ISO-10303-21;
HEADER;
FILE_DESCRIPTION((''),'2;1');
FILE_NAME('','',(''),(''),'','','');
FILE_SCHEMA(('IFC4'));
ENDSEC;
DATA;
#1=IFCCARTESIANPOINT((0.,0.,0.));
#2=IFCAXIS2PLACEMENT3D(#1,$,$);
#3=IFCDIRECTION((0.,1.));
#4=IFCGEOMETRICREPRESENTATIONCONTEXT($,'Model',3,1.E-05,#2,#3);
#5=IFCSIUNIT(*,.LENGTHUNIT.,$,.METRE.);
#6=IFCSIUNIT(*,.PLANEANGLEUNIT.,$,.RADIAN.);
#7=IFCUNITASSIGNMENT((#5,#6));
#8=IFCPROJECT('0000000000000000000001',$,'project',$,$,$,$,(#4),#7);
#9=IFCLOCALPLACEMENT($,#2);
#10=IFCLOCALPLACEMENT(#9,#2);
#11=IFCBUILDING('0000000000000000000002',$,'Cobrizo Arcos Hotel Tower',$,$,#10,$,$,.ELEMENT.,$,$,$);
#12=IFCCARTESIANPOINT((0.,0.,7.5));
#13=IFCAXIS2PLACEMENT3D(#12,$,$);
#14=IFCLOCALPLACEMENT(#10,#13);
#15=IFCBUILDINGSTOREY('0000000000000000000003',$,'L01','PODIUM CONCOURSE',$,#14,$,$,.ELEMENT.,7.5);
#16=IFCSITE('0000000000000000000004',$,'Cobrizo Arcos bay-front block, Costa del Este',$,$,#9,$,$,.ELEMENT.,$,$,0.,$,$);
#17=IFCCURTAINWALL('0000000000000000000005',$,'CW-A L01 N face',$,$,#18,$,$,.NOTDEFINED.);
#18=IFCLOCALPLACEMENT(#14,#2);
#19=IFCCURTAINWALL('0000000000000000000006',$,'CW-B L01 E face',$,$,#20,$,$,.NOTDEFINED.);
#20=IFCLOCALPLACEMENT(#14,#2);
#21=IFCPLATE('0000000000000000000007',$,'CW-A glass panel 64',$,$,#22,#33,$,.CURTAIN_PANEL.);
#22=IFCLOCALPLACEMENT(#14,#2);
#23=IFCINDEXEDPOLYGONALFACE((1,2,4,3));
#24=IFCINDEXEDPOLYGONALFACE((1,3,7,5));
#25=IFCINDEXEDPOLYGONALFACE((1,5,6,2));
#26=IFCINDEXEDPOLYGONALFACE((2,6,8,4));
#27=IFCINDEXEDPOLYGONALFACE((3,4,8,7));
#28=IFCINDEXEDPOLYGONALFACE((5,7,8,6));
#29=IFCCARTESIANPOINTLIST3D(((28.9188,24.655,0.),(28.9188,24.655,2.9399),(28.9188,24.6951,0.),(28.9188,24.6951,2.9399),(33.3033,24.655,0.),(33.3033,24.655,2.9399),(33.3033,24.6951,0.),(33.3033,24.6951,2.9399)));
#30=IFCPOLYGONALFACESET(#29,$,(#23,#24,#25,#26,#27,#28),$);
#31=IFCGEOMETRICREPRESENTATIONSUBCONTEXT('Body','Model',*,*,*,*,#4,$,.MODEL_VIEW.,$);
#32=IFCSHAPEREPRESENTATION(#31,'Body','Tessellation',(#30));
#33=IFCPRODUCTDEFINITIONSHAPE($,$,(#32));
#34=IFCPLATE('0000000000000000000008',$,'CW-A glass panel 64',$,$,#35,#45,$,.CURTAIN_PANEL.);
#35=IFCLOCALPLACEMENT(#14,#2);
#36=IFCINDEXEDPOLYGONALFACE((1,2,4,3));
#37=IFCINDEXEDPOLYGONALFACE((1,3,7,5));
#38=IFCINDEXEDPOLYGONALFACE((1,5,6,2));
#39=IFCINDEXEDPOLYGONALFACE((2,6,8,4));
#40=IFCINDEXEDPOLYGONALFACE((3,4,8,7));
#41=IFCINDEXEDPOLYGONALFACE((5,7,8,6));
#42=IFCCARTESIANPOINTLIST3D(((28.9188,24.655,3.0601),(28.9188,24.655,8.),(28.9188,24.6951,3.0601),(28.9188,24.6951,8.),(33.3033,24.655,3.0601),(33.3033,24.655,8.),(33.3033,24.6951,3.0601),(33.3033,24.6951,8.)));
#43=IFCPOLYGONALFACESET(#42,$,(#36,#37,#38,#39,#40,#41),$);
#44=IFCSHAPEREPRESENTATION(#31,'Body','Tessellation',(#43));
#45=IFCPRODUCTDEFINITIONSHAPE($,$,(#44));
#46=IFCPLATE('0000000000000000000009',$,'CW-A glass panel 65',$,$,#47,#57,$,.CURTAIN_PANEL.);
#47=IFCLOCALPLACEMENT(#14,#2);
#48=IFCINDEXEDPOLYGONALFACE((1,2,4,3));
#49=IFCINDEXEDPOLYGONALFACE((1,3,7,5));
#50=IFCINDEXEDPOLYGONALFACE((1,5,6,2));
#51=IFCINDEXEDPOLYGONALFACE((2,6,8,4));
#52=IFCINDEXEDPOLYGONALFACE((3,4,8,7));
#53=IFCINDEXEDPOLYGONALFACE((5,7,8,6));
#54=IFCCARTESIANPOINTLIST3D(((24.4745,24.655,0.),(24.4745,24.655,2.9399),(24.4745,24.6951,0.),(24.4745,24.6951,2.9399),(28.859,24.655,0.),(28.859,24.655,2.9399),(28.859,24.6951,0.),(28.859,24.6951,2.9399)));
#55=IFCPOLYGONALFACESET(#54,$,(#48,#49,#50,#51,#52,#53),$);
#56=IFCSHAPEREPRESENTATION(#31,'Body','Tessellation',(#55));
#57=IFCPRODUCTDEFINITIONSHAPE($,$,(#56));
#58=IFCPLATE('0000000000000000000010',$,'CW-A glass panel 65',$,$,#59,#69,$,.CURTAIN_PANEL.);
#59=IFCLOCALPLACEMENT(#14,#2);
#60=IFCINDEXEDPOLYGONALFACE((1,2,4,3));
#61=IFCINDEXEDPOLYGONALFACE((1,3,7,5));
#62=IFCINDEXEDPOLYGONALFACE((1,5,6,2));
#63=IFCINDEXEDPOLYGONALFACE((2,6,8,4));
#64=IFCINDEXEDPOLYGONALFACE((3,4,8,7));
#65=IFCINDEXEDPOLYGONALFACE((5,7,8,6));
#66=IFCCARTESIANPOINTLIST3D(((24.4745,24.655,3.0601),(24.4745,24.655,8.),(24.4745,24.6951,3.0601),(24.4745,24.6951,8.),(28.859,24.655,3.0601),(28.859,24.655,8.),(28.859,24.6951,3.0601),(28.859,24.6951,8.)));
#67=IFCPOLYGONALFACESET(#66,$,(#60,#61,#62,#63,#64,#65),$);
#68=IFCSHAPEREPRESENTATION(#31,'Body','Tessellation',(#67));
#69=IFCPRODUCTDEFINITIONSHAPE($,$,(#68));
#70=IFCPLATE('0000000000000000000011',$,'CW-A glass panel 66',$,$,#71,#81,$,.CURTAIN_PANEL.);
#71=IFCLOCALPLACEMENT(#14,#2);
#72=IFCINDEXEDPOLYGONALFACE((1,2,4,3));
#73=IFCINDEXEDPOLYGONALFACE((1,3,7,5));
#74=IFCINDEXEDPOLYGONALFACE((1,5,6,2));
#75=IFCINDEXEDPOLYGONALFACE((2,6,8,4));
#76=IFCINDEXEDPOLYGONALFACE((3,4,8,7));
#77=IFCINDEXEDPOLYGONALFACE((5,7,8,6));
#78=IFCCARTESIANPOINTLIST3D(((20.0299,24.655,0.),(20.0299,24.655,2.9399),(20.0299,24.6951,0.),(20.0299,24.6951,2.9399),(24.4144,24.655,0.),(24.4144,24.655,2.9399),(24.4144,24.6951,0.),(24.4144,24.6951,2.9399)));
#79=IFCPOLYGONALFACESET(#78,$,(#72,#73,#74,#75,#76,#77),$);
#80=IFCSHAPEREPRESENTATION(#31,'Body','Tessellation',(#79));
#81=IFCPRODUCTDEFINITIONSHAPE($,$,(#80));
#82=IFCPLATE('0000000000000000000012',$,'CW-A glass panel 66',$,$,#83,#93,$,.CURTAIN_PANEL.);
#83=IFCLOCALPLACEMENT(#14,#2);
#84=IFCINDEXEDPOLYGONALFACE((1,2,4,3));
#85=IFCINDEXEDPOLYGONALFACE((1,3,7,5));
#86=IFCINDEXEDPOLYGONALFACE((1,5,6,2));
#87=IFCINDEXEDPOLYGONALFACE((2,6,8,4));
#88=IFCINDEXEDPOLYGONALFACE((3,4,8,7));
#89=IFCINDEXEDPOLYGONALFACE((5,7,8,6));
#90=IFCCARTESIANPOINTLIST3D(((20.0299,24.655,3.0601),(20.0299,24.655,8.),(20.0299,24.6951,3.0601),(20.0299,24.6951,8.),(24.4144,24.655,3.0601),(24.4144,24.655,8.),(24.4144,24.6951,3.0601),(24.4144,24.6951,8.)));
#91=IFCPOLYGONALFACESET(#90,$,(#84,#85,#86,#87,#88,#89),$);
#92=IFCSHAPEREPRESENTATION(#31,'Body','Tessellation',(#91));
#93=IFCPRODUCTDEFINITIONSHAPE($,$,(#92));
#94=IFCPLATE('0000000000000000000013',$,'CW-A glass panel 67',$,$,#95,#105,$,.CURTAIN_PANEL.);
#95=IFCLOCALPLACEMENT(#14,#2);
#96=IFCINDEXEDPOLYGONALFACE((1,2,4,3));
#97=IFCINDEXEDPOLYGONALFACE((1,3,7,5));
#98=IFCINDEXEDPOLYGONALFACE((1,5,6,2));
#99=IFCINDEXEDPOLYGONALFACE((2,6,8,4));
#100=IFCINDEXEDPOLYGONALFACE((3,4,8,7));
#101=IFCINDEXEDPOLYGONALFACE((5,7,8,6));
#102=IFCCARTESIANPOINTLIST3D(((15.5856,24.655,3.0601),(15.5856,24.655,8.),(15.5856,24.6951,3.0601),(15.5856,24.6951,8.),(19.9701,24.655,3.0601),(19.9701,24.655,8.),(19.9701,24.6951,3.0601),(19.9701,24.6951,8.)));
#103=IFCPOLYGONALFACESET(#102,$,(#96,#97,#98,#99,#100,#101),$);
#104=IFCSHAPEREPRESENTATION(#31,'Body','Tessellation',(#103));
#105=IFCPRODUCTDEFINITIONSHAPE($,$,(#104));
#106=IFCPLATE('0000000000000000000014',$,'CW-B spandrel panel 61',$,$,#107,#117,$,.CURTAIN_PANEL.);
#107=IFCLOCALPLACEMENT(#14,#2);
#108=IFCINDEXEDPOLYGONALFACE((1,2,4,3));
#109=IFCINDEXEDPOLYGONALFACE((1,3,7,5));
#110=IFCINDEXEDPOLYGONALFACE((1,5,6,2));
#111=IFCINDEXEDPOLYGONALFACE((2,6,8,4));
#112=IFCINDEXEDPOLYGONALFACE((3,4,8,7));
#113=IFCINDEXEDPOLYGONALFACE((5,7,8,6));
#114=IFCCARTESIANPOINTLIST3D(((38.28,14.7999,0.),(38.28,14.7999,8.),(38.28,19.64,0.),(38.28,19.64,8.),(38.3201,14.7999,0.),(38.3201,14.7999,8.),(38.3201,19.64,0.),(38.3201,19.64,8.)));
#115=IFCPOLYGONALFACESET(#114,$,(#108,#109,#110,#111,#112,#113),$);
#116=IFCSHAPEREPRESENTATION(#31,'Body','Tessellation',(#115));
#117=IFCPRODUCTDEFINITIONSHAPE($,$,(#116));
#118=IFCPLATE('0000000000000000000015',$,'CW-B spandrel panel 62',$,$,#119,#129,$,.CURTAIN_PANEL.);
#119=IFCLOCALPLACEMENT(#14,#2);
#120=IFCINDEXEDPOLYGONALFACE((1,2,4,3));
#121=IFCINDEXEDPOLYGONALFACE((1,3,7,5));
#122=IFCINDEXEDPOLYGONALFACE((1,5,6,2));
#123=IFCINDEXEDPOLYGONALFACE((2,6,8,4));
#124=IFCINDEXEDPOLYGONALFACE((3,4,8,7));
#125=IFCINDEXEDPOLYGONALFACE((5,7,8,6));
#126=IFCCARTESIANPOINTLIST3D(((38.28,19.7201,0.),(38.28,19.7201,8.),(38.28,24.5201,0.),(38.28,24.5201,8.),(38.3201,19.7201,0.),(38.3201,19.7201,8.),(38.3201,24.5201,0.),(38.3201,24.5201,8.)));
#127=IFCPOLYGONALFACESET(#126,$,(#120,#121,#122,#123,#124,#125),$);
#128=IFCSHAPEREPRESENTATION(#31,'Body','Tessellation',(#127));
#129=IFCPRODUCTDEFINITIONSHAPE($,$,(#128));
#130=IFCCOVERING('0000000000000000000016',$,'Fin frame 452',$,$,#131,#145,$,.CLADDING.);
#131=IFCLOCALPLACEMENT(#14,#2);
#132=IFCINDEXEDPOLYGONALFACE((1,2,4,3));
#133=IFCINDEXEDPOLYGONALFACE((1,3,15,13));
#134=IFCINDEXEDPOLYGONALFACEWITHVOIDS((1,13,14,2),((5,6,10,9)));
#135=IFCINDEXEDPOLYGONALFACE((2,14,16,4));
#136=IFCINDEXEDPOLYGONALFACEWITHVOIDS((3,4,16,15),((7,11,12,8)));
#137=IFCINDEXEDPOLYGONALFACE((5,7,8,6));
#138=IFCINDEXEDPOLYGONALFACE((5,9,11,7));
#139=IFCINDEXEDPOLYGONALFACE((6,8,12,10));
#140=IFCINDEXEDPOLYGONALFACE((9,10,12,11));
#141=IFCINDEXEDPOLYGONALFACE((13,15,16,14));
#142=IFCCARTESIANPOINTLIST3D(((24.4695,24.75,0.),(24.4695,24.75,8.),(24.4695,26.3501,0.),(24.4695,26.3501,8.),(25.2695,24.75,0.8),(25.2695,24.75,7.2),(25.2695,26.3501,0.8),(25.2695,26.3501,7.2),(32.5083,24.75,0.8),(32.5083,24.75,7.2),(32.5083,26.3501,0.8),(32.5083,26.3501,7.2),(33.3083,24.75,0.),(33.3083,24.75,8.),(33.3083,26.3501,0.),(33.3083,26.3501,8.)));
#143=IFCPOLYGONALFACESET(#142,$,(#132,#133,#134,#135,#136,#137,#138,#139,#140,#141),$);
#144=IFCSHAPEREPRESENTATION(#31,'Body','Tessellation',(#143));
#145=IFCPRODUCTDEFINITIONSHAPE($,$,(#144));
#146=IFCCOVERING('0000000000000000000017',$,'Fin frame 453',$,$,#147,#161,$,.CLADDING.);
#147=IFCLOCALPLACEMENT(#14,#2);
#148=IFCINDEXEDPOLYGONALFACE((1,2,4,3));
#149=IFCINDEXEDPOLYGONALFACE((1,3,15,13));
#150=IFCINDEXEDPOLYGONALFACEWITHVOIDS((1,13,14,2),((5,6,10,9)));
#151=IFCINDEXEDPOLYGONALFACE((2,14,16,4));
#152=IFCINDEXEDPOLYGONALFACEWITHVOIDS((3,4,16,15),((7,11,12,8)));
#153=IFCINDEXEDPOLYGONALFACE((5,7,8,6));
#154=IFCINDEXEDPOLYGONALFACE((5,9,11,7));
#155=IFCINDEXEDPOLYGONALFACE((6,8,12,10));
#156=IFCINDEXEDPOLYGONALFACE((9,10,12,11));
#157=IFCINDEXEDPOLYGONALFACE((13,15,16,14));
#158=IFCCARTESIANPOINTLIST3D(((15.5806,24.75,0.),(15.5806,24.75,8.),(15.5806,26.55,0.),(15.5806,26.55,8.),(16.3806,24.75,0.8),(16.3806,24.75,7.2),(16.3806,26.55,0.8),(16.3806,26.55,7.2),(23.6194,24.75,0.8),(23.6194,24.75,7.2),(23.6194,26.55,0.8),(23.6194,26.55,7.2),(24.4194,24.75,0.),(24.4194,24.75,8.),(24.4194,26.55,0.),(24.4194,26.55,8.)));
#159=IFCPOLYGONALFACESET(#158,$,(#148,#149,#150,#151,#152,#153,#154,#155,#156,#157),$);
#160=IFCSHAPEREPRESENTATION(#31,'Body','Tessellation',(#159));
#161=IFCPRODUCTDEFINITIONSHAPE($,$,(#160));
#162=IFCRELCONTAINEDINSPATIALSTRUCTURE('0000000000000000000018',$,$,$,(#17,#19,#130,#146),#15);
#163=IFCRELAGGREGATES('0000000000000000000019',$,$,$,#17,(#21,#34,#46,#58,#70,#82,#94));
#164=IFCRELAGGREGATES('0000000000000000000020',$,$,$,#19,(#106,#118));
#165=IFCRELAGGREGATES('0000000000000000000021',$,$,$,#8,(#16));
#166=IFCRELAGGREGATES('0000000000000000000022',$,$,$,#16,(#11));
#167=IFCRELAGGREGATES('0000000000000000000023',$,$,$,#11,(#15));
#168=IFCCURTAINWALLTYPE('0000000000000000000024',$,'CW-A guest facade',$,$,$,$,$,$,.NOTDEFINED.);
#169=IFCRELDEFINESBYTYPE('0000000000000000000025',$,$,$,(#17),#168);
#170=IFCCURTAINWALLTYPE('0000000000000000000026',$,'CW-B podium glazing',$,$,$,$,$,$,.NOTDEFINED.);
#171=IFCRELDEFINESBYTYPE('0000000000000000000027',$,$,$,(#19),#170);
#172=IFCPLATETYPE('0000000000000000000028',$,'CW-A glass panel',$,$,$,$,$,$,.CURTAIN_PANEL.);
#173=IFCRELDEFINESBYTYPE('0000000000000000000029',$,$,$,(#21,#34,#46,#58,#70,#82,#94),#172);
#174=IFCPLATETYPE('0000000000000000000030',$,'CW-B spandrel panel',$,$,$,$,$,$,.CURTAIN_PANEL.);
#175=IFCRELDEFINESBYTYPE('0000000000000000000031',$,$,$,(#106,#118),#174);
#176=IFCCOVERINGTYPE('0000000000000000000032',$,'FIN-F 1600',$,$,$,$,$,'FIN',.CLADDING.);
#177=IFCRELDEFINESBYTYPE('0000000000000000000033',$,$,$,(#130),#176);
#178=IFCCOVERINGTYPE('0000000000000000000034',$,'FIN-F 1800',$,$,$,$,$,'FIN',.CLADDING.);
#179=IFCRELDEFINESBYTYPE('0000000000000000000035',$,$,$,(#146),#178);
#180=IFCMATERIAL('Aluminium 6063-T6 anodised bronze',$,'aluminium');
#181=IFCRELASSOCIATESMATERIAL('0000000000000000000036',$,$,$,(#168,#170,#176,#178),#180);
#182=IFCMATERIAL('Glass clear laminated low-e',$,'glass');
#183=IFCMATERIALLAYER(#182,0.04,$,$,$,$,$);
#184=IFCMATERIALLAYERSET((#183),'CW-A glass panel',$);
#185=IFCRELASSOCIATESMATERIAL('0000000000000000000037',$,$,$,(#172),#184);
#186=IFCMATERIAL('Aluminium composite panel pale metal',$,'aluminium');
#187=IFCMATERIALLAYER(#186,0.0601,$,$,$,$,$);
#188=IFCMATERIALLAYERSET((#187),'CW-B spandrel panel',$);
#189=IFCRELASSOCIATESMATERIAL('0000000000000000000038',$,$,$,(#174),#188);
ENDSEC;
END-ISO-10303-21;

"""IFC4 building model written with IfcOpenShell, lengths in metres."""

from ifc_helpers import new_model, si_unit, direction, frame, origin, origin_2d, place, context, subcontext, project, spatial, polyline, rectangle, outline, extrude, material, layer, layer_set, type_object, element, aggregate, save


model = new_model("IFC4")

# Units and contexts
model_context = context("Model", 3, precision=1e-05, world=origin(), true_north=direction((0.0, 1.0)))
body_context = subcontext(model_context, "Body", "Model", "MODEL_VIEW")
ifc_project = project(units=[si_unit("LENGTHUNIT", "METRE"), si_unit("PLANEANGLEUNIT", "RADIAN")], contexts=[model_context])

# Site, building, storey
site_placement = place(None, origin())
site = spatial("IfcSite", under=ifc_project, at=site_placement, Name="Cobrizo Arcos bay-front block, Costa del Este", CompositionType="ELEMENT", RefElevation=0.0)
building_placement = place(site_placement, origin())
building = spatial("IfcBuilding", under=site, at=building_placement, Name="Cobrizo Arcos Hotel Tower", CompositionType="ELEMENT")
storey_placement = place(building_placement, frame((0.0, 0.0, 7.5)))
storey = spatial("IfcBuildingStorey", under=building, at=storey_placement, Name="L01", Description="PODIUM CONCOURSE", CompositionType="ELEMENT", Elevation=7.5)

# Curtain walls
ifc_material_1 = material(Name="Aluminium 6063-T6 anodised bronze", Category="aluminium")
curtain_wall_type_1 = type_object("IfcCurtainWallType", Name="CW-A guest facade", PredefinedType="NOTDEFINED", material=ifc_material_1)
curtain_wall_1_placement = place(storey_placement, origin())
curtain_wall_1 = element("IfcCurtainWall", 1, at=curtain_wall_1_placement, inside=storey, type_object=curtain_wall_type_1, Name="CW-A L01 N face", PredefinedType="NOTDEFINED")
curtain_wall_type_2 = type_object("IfcCurtainWallType", Name="CW-B podium glazing", PredefinedType="NOTDEFINED", material=ifc_material_1)
curtain_wall_2_placement = place(storey_placement, origin())
curtain_wall_2 = element("IfcCurtainWall", 2, at=curtain_wall_2_placement, inside=storey, type_object=curtain_wall_type_2, Name="CW-B L01 E face", PredefinedType="NOTDEFINED")

# Plates
ifc_material_2 = material(Name="Glass clear laminated low-e", Category="glass")
ifc_layer_1 = layer(ifc_material_2, 0.04)
ifc_layer_set_1 = layer_set([ifc_layer_1], Name="CW-A glass panel")
plate_type_1 = type_object("IfcPlateType", Name="CW-A glass panel", PredefinedType="CURTAIN_PANEL", material=ifc_layer_set_1)
plate_1_placement = place(storey_placement, frame((31.1111, 24.675, 0.0), z_axis=(0.0, 0.0, 1.0), x_axis=(-1.0, 0.0, 0.0)))
plate_1 = element("IfcPlate", 3, at=plate_1_placement, type_object=plate_type_1, Name="CW-A glass panel 64", PredefinedType="CURTAIN_PANEL", context=body_context, shape_type="SweptSolid", body=[
    extrude(rectangle(XDim=4.3845, YDim=0.04, at=origin_2d()), origin(), (0.0, 0.0, 1.0), 2.9399),
])
plate_2_placement = place(storey_placement, frame((31.1111, 24.675, 3.0601), z_axis=(0.0, 0.0, 1.0), x_axis=(-1.0, 0.0, 0.0)))
plate_2 = element("IfcPlate", 4, at=plate_2_placement, type_object=plate_type_1, Name="CW-A glass panel 64", PredefinedType="CURTAIN_PANEL", context=body_context, shape_type="SweptSolid", body=[
    extrude(rectangle(XDim=4.3845, YDim=0.04, at=origin_2d()), origin(), (0.0, 0.0, 1.0), 4.9399),
])
plate_3_placement = place(storey_placement, frame((26.6667, 24.675, 0.0), z_axis=(0.0, 0.0, 1.0), x_axis=(-1.0, 0.0, 0.0)))
plate_3 = element("IfcPlate", 5, at=plate_3_placement, type_object=plate_type_1, Name="CW-A glass panel 65", PredefinedType="CURTAIN_PANEL", context=body_context, shape_type="SweptSolid", body=[
    extrude(rectangle(XDim=4.3845, YDim=0.04, at=origin_2d()), origin(), (0.0, 0.0, 1.0), 2.9399),
])
plate_4_placement = place(storey_placement, frame((26.6667, 24.675, 3.0601), z_axis=(0.0, 0.0, 1.0), x_axis=(-1.0, 0.0, 0.0)))
plate_4 = element("IfcPlate", 6, at=plate_4_placement, type_object=plate_type_1, Name="CW-A glass panel 65", PredefinedType="CURTAIN_PANEL", context=body_context, shape_type="SweptSolid", body=[
    extrude(rectangle(XDim=4.3845, YDim=0.04, at=origin_2d()), origin(), (0.0, 0.0, 1.0), 4.9399),
])
plate_5_placement = place(storey_placement, frame((22.2222, 24.675, 0.0), z_axis=(0.0, 0.0, 1.0), x_axis=(-1.0, 0.0, 0.0)))
plate_5 = element("IfcPlate", 7, at=plate_5_placement, type_object=plate_type_1, Name="CW-A glass panel 66", PredefinedType="CURTAIN_PANEL", context=body_context, shape_type="SweptSolid", body=[
    extrude(rectangle(XDim=4.3845, YDim=0.04, at=origin_2d()), origin(), (0.0, 0.0, 1.0), 2.9399),
])
plate_6_placement = place(storey_placement, frame((22.2222, 24.675, 3.0601), z_axis=(0.0, 0.0, 1.0), x_axis=(-1.0, 0.0, 0.0)))
plate_6 = element("IfcPlate", 8, at=plate_6_placement, type_object=plate_type_1, Name="CW-A glass panel 66", PredefinedType="CURTAIN_PANEL", context=body_context, shape_type="SweptSolid", body=[
    extrude(rectangle(XDim=4.3845, YDim=0.04, at=origin_2d()), origin(), (0.0, 0.0, 1.0), 4.9399),
])
plate_7_placement = place(storey_placement, frame((17.7778, 24.675, 3.0601), z_axis=(0.0, 0.0, 1.0), x_axis=(-1.0, 0.0, 0.0)))
plate_7 = element("IfcPlate", 9, at=plate_7_placement, type_object=plate_type_1, Name="CW-A glass panel 67", PredefinedType="CURTAIN_PANEL", context=body_context, shape_type="SweptSolid", body=[
    extrude(rectangle(XDim=4.3845, YDim=0.04, at=origin_2d()), origin(), (0.0, 0.0, 1.0), 4.9399),
])
aggregate(curtain_wall_1, [plate_1, plate_2, plate_3, plate_4, plate_5, plate_6, plate_7])
ifc_material_3 = material(Name="Aluminium composite panel pale metal", Category="aluminium")
ifc_layer_2 = layer(ifc_material_3, 0.0601)
ifc_layer_set_2 = layer_set([ifc_layer_2], Name="CW-B spandrel panel")
plate_type_2 = type_object("IfcPlateType", Name="CW-B spandrel panel", PredefinedType="CURTAIN_PANEL", material=ifc_layer_set_2)
plate_8_placement = place(storey_placement, frame((38.3, 17.22, 0.0), z_axis=(0.0, 0.0, 1.0), x_axis=(0.0, 1.0, 0.0)))
plate_8 = element("IfcPlate", 10, at=plate_8_placement, type_object=plate_type_2, Name="CW-B spandrel panel 61", PredefinedType="CURTAIN_PANEL", context=body_context, shape_type="SweptSolid", body=[
    extrude(rectangle(XDim=4.8401, YDim=0.04, at=origin_2d()), origin(), (0.0, 0.0, 1.0), 8.0),
])
plate_9_placement = place(storey_placement, frame((38.3, 22.1201, 0.0), z_axis=(0.0, 0.0, 1.0), x_axis=(0.0, 1.0, 0.0)))
plate_9 = element("IfcPlate", 11, at=plate_9_placement, type_object=plate_type_2, Name="CW-B spandrel panel 62", PredefinedType="CURTAIN_PANEL", context=body_context, shape_type="SweptSolid", body=[
    extrude(rectangle(XDim=4.8, YDim=0.04, at=origin_2d()), origin(), (0.0, 0.0, 1.0), 8.0),
])
aggregate(curtain_wall_2, [plate_8, plate_9])

# Coverings
covering_type_1 = type_object("IfcCoveringType", Name="FIN-F 1600", ElementType="FIN", PredefinedType="CLADDING", material=ifc_material_1)
covering_1_placement = place(storey_placement, frame((33.3083, 24.75, 0.0), z_axis=(0.0, 1.0, 0.0), x_axis=(-1.0, 0.0, 0.0)))
element("IfcCovering", 12, at=covering_1_placement, inside=storey, type_object=covering_type_1, Name="Fin frame 452", PredefinedType="CLADDING", context=body_context, shape_type="SweptSolid", body=[
    extrude(outline(polyline([(0.0, 8.0), (0.0, 0.0), (8.8389, 0.0), (8.8389, 8.0), (0.0, 8.0)]), holes=[polyline([(8.0388, 0.8), (0.8, 0.8), (0.8, 7.2), (8.0388, 7.2), (8.0388, 0.8)])]), origin(), (0.0, 0.0, 1.0), 1.6001),
])
covering_type_2 = type_object("IfcCoveringType", Name="FIN-F 1800", ElementType="FIN", PredefinedType="CLADDING", material=ifc_material_1)
covering_2_placement = place(storey_placement, frame((24.4194, 24.75, 0.0), z_axis=(0.0, 1.0, 0.0), x_axis=(-1.0, 0.0, 0.0)))
element("IfcCovering", 13, at=covering_2_placement, inside=storey, type_object=covering_type_2, Name="Fin frame 453", PredefinedType="CLADDING", context=body_context, shape_type="SweptSolid", body=[
    extrude(outline(polyline([(0.0, 8.0), (0.0, 0.0), (8.8389, 0.0), (8.8389, 8.0), (0.0, 8.0)]), holes=[polyline([(8.0388, 0.8), (0.8, 0.8), (0.8, 7.2), (8.0388, 7.2), (8.0388, 0.8)])]), origin(), (0.0, 0.0, 1.0), 1.8),
])

save(model, "model.ifc")
